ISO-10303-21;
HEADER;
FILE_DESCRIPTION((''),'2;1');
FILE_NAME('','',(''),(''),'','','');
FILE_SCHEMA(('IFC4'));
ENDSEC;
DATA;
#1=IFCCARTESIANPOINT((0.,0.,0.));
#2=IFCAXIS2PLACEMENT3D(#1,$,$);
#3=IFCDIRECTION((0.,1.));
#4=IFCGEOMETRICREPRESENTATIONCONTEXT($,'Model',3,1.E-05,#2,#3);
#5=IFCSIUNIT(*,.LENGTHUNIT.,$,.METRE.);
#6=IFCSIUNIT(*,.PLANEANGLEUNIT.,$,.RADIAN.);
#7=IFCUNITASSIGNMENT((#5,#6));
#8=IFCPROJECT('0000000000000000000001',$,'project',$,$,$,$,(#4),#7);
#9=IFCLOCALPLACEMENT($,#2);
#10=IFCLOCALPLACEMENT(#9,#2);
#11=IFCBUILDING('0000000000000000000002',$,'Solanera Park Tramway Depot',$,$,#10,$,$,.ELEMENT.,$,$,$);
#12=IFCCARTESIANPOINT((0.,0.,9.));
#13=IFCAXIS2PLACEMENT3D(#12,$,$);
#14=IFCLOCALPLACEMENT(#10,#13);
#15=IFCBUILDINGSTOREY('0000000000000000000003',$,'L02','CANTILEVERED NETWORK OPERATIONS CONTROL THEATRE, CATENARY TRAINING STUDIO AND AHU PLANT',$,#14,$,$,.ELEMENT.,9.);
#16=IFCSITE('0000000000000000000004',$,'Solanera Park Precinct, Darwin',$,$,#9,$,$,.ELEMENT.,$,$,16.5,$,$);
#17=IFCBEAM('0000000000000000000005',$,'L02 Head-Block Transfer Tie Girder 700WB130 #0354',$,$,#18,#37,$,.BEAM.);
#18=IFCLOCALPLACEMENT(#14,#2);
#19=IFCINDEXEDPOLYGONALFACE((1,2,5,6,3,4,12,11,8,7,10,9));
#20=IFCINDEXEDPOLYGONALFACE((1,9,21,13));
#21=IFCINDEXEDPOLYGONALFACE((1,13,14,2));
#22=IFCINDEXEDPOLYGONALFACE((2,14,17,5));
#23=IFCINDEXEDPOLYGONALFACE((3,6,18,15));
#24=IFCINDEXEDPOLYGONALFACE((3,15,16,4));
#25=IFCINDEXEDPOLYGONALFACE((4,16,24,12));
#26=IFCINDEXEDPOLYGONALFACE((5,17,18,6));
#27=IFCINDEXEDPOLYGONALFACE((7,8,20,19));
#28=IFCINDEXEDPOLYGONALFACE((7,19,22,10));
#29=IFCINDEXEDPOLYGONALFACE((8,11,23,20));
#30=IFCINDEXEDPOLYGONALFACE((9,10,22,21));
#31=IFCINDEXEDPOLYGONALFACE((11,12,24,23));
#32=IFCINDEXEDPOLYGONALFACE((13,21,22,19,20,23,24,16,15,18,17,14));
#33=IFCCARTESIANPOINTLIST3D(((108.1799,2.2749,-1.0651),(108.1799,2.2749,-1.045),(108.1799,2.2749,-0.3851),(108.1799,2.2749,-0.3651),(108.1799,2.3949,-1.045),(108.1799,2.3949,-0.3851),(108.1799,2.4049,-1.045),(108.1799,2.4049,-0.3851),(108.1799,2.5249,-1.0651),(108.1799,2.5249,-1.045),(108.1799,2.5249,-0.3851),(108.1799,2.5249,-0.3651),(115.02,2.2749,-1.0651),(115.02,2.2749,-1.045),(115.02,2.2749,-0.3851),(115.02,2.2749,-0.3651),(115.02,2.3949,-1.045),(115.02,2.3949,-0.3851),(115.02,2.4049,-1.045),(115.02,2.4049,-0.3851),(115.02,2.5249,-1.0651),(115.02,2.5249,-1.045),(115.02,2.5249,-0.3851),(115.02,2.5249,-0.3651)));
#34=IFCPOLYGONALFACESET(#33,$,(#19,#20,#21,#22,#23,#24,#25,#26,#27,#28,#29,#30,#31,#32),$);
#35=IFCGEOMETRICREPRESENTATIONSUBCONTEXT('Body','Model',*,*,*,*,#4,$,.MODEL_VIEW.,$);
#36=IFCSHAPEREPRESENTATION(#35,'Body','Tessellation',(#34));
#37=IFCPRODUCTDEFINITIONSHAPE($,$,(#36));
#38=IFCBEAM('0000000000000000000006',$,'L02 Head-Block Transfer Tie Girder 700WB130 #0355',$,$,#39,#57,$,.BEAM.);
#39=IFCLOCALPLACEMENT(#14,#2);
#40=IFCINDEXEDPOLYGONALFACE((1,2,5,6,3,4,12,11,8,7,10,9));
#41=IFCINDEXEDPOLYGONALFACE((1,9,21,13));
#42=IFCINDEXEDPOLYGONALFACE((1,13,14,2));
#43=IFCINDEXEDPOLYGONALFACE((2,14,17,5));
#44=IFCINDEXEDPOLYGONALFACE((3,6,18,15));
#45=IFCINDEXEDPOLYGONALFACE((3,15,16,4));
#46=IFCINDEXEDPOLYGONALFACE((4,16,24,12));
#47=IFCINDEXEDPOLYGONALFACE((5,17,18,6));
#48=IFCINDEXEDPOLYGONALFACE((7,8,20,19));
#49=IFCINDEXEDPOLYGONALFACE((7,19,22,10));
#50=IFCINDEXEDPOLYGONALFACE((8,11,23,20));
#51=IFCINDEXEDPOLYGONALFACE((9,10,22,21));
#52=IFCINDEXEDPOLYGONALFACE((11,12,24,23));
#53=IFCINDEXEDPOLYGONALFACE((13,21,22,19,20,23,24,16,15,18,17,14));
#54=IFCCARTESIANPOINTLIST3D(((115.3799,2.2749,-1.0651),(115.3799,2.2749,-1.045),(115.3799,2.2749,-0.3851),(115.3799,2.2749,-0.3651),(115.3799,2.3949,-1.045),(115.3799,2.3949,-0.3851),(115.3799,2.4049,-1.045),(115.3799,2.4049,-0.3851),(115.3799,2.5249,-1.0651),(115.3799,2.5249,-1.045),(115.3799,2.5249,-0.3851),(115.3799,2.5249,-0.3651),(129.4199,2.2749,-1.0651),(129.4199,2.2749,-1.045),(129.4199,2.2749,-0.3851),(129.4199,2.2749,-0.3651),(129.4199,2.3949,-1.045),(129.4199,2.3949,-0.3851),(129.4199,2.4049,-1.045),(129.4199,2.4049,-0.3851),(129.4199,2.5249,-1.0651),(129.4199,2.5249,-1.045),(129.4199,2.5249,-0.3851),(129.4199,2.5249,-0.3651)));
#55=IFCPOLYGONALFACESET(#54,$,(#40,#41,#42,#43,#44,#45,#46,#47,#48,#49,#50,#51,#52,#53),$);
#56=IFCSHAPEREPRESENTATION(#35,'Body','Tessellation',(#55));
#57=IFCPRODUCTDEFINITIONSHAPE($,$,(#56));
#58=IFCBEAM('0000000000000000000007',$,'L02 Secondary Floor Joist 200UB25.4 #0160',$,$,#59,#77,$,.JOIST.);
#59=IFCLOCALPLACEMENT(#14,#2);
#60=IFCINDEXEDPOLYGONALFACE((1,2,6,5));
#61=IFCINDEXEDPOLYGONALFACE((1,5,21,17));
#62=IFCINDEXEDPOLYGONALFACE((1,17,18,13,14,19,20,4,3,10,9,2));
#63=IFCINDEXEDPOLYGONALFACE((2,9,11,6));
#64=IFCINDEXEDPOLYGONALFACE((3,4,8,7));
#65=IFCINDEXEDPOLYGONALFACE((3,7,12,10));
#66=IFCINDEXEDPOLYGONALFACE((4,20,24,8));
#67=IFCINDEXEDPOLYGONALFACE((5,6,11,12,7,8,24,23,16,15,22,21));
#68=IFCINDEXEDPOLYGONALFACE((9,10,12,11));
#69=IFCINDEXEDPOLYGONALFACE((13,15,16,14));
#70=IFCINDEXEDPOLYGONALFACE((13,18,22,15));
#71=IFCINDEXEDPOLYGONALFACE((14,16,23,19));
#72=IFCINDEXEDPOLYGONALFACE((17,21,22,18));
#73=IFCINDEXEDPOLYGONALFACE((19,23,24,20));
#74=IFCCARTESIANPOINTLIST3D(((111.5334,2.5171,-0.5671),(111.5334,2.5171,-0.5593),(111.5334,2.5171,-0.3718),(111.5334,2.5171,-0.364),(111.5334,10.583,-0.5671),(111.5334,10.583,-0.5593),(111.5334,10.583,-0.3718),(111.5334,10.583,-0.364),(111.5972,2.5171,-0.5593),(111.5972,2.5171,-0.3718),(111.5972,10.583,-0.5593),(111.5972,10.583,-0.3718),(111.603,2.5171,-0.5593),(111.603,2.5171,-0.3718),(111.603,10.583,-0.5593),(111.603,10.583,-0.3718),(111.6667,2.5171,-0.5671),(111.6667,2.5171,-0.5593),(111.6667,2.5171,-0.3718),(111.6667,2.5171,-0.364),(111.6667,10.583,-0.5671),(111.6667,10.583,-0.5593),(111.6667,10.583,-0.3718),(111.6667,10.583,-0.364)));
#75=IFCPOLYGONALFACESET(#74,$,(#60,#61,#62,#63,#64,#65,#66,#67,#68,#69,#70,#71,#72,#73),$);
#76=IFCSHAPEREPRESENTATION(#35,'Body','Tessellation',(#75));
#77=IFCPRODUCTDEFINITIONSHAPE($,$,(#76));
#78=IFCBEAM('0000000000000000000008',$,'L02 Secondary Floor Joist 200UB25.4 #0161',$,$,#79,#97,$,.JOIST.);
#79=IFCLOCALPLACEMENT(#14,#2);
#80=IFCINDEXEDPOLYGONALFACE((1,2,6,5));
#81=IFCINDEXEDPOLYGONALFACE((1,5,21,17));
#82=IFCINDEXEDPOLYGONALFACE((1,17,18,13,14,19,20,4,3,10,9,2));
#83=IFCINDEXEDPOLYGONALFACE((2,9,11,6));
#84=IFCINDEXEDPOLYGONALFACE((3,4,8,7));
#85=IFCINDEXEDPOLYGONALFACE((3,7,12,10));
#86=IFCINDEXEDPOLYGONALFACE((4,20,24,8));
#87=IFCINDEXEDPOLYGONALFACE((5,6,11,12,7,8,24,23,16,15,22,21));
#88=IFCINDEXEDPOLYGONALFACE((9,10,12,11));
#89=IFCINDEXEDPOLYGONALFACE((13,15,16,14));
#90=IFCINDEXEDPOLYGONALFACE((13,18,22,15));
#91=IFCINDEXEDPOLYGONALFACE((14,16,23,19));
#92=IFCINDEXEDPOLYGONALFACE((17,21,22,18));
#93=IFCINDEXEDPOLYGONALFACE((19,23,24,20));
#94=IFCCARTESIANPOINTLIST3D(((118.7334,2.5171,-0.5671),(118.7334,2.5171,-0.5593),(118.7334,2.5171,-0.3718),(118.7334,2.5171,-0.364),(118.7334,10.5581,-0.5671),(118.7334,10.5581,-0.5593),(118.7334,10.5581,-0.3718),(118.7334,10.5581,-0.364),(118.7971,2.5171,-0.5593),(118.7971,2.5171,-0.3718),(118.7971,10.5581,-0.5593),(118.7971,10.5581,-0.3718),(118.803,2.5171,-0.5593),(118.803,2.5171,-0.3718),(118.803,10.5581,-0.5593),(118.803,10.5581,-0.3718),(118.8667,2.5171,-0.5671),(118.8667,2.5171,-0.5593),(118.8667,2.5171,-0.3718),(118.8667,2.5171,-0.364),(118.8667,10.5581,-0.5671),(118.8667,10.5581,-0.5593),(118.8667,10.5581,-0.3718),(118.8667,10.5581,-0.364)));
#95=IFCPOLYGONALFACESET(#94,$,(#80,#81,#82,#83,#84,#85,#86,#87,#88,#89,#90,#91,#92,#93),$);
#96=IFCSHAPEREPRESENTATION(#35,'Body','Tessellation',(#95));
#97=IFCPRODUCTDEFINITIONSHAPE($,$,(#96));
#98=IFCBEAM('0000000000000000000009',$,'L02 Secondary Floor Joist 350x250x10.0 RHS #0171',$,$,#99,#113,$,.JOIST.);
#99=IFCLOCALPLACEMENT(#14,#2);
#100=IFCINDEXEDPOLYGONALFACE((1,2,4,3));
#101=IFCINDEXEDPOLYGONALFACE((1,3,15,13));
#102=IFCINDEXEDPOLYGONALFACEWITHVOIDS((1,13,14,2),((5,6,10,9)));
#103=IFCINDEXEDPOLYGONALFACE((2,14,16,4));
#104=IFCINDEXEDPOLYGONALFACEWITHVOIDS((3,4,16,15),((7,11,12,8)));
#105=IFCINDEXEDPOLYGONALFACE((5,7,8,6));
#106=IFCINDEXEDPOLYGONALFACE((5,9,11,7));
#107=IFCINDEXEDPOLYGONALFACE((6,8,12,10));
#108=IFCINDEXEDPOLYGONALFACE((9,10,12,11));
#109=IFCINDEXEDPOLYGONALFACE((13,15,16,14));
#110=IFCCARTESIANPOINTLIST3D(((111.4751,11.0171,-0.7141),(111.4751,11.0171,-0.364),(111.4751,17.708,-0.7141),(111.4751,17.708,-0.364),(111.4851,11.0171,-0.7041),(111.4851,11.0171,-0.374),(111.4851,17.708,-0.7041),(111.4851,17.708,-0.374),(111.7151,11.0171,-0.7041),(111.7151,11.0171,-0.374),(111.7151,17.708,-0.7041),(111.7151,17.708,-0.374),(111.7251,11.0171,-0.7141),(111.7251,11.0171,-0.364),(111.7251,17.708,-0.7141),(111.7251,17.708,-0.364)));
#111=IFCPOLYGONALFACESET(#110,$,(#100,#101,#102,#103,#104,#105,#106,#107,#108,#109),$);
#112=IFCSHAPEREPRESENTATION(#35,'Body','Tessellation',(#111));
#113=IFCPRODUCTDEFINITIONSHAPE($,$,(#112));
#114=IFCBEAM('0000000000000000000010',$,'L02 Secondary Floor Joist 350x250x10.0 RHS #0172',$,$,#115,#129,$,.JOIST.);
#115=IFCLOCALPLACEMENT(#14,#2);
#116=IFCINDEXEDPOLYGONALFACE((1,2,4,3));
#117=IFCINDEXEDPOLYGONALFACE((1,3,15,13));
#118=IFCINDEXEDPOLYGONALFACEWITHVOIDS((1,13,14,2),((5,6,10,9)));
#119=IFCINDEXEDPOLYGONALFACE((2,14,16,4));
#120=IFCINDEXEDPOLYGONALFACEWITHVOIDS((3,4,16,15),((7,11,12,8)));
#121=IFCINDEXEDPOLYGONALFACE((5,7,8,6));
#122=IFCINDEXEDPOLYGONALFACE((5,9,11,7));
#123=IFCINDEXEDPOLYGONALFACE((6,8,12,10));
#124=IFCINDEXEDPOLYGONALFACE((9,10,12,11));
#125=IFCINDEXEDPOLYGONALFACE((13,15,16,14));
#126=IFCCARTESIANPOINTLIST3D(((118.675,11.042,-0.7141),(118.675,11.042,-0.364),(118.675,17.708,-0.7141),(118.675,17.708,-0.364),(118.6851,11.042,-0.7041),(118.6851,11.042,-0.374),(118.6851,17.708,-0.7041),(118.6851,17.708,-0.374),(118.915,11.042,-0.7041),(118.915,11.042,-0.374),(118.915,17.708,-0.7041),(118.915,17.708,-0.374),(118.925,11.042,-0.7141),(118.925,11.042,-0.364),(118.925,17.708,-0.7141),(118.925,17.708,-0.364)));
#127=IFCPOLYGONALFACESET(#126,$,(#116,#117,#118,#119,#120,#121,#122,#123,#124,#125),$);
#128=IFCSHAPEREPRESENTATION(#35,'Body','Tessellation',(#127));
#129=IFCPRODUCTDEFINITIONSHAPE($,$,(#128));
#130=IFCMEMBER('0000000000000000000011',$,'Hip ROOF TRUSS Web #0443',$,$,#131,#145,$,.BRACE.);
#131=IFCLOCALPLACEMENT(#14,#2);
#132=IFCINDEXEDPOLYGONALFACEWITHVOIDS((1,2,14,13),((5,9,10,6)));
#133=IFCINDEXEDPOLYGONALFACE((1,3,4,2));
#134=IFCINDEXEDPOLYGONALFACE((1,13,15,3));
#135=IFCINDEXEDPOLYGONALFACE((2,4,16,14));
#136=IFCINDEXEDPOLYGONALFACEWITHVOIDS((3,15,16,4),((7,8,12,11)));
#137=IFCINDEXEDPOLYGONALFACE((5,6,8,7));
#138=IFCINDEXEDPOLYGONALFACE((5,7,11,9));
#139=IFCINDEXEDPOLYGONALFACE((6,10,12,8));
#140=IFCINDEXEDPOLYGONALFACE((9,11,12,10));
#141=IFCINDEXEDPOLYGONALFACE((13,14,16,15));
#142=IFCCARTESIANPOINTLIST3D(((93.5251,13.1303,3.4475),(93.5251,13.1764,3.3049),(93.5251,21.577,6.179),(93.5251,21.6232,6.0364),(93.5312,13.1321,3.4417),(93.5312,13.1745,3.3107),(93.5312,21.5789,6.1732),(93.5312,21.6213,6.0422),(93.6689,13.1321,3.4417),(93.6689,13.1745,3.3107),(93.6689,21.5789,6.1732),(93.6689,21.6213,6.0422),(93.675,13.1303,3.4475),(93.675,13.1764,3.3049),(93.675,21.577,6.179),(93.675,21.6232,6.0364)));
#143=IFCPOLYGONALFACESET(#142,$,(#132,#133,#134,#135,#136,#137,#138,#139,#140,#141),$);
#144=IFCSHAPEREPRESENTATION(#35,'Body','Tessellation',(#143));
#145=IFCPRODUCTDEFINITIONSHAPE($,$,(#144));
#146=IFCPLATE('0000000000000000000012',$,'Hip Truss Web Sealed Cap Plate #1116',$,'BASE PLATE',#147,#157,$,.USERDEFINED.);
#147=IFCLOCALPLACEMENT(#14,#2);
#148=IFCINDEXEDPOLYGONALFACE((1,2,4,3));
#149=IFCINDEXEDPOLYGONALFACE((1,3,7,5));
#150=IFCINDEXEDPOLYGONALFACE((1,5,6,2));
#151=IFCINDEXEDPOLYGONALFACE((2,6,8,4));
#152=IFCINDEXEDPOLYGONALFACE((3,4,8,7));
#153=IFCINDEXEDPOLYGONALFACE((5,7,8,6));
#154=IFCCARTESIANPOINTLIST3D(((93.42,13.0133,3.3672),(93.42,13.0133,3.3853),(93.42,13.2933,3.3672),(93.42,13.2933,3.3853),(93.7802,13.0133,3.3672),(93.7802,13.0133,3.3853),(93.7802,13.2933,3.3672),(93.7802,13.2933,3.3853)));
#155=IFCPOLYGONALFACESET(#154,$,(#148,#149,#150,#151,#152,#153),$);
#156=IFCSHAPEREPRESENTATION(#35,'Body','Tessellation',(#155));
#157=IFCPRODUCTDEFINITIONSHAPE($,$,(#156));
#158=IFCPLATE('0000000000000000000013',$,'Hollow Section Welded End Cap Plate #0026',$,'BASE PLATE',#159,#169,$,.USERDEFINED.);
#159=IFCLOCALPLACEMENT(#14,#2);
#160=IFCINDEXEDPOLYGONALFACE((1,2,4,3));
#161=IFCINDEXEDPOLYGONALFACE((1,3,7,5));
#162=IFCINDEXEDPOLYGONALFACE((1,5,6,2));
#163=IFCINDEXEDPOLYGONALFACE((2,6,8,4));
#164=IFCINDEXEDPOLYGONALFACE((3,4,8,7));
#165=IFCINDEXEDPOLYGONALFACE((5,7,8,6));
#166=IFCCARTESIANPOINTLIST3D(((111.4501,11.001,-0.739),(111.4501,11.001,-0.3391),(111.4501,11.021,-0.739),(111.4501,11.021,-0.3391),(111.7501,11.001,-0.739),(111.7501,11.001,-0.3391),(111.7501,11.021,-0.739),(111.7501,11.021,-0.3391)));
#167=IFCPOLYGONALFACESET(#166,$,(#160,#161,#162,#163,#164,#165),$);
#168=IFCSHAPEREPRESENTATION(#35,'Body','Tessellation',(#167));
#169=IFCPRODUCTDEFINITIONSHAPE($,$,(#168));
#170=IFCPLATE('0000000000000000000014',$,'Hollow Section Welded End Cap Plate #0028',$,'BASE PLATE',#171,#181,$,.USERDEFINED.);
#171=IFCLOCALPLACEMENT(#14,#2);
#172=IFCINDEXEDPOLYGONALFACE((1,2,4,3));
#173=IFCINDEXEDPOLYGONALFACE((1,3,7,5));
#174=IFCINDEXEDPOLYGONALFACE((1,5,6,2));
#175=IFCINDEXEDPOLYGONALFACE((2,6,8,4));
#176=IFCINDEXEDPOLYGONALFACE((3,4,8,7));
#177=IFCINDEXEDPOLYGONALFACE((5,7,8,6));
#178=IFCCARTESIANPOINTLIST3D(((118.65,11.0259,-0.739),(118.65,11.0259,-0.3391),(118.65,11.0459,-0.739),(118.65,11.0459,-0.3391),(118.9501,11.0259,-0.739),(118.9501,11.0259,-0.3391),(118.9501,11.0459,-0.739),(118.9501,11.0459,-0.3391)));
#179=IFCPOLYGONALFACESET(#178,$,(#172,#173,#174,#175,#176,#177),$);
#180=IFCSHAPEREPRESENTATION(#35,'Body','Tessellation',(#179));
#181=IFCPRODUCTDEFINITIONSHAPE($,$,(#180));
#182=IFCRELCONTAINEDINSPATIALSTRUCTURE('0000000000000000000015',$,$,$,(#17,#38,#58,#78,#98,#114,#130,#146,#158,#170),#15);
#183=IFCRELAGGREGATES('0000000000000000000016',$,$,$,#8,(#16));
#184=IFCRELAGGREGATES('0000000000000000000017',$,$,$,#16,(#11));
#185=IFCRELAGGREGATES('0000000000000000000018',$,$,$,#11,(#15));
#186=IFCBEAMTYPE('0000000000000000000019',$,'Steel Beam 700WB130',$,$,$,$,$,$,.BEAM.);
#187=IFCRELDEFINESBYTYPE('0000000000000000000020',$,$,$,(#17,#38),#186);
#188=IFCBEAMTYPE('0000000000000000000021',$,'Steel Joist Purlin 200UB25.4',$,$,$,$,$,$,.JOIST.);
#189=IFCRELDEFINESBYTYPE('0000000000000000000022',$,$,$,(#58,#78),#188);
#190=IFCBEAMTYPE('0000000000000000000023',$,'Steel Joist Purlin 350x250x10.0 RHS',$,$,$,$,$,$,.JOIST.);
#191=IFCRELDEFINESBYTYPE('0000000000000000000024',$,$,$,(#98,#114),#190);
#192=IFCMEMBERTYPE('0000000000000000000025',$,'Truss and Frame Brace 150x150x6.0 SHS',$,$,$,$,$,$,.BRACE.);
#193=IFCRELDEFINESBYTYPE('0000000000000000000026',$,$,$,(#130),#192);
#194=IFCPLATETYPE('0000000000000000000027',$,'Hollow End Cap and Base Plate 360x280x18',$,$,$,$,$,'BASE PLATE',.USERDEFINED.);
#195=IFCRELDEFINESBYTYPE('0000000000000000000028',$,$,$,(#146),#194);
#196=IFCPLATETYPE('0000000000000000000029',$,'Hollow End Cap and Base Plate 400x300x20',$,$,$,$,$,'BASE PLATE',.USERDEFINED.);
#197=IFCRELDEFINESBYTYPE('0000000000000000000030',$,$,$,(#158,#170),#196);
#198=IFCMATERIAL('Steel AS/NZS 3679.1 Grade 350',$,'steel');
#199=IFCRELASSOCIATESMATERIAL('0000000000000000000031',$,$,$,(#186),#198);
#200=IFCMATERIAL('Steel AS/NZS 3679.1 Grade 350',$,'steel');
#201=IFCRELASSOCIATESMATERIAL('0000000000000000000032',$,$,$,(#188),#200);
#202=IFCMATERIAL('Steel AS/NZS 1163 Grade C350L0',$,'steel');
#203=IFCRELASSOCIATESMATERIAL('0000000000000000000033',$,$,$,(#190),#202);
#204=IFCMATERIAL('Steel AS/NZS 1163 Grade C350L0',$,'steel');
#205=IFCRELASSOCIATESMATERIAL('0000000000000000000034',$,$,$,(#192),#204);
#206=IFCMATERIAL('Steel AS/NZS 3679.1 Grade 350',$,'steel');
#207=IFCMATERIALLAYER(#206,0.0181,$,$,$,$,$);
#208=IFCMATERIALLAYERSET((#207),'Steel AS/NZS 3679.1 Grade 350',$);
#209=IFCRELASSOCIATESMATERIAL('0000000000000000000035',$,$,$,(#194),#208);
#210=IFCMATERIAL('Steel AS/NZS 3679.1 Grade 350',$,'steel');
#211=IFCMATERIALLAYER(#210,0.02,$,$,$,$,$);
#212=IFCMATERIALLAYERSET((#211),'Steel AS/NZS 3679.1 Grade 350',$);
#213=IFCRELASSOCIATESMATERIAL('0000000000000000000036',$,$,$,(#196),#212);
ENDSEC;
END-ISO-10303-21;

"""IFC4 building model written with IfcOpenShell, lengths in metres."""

from ifc_helpers import new_model, si_unit, direction, frame, origin, origin_2d, place, context, subcontext, project, spatial, rectangle, hollow_rectangle, i_section, extrude, material, layer, layer_set, material_profile, profile_set, type_object, element, save


model = new_model("IFC4")

# Units and contexts
model_context = context("Model", 3, precision=1e-05, world=origin(), true_north=direction((0.0, 1.0)))
body_context = subcontext(model_context, "Body", "Model", "MODEL_VIEW")
ifc_project = project(units=[si_unit("LENGTHUNIT", "METRE"), si_unit("PLANEANGLEUNIT", "RADIAN")], contexts=[model_context])

# Site, building, storey
site_placement = place(None, origin())
site = spatial("IfcSite", under=ifc_project, at=site_placement, Name="Solanera Park Precinct, Darwin", CompositionType="ELEMENT", RefElevation=16.5)
building_placement = place(site_placement, origin())
building = spatial("IfcBuilding", under=site, at=building_placement, Name="Solanera Park Tramway Depot", CompositionType="ELEMENT")
storey_placement = place(building_placement, frame((0.0, 0.0, 9.0)))
storey = spatial("IfcBuildingStorey", under=building, at=storey_placement, Name="L02", Description="CANTILEVERED NETWORK OPERATIONS CONTROL THEATRE, CATENARY TRAINING STUDIO AND AHU PLANT", CompositionType="ELEMENT", Elevation=9.0)

# Beams
ifc_material_1 = material(Name="Steel AS/NZS 3679.1 Grade 350", Category="steel")
ifc_material_profile_1 = material_profile(ifc_material_1, i_section(OverallWidth=0.25, OverallDepth=0.7, WebThickness=0.01, FlangeThickness=0.02, at=origin_2d()), Name="700WB130")
ifc_profile_set_1 = profile_set([ifc_material_profile_1], Name="Steel AS/NZS 3679.1 Grade 350")
beam_type_1 = type_object("IfcBeamType", Name="Steel Beam 700WB130", PredefinedType="BEAM", material=ifc_profile_set_1)
beam_1_placement = place(storey_placement, frame((108.1799, 2.3999, -0.7151), z_axis=(1.0, 0.0, 0.0), x_axis=(0.0, 1.0, 0.0)))
element("IfcBeam", 1, at=beam_1_placement, inside=storey, type_object=beam_type_1, Name="L02 Head-Block Transfer Tie Girder 700WB130 #0354", PredefinedType="BEAM", context=body_context, shape_type="SweptSolid", body=[
    extrude(i_section(OverallWidth=0.25, OverallDepth=0.7, WebThickness=0.01, FlangeThickness=0.02, at=origin_2d()), origin(), (0.0, 0.0, 1.0), 6.8401),
])
beam_2_placement = place(storey_placement, frame((115.3799, 2.3999, -0.7151), z_axis=(1.0, 0.0, 0.0), x_axis=(0.0, 1.0, 0.0)))
element("IfcBeam", 2, at=beam_2_placement, inside=storey, type_object=beam_type_1, Name="L02 Head-Block Transfer Tie Girder 700WB130 #0355", PredefinedType="BEAM", context=body_context, shape_type="SweptSolid", body=[
    extrude(i_section(OverallWidth=0.25, OverallDepth=0.7, WebThickness=0.01, FlangeThickness=0.02, at=origin_2d()), origin(), (0.0, 0.0, 1.0), 14.04),
])
ifc_material_2 = material(Name="Steel AS/NZS 3679.1 Grade 350", Category="steel")
ifc_material_profile_2 = material_profile(ifc_material_2, i_section(OverallWidth=0.1333, OverallDepth=0.2031, WebThickness=0.0059, FlangeThickness=0.0078, at=origin_2d()), Name="200UB25.4")
ifc_profile_set_2 = profile_set([ifc_material_profile_2], Name="Steel AS/NZS 3679.1 Grade 350")
beam_type_2 = type_object("IfcBeamType", Name="Steel Joist Purlin 200UB25.4", PredefinedType="JOIST", material=ifc_profile_set_2)
beam_3_placement = place(storey_placement, frame((111.6001, 2.5171, -0.4656), z_axis=(0.0, 1.0, 0.0), x_axis=(-1.0, 0.0, 0.0)))
element("IfcBeam", 3, at=beam_3_placement, inside=storey, type_object=beam_type_2, Name="L02 Secondary Floor Joist 200UB25.4 #0160", PredefinedType="JOIST", context=body_context, shape_type="SweptSolid", body=[
    extrude(i_section(OverallWidth=0.1333, OverallDepth=0.2031, WebThickness=0.0059, FlangeThickness=0.0078, at=origin_2d()), origin(), (0.0, 0.0, 1.0), 8.0659),
])
beam_4_placement = place(storey_placement, frame((118.8, 2.5171, -0.4656), z_axis=(0.0, 1.0, 0.0), x_axis=(-1.0, 0.0, 0.0)))
element("IfcBeam", 4, at=beam_4_placement, inside=storey, type_object=beam_type_2, Name="L02 Secondary Floor Joist 200UB25.4 #0161", PredefinedType="JOIST", context=body_context, shape_type="SweptSolid", body=[
    extrude(i_section(OverallWidth=0.1333, OverallDepth=0.2031, WebThickness=0.0059, FlangeThickness=0.0078, at=origin_2d()), origin(), (0.0, 0.0, 1.0), 8.041),
])
ifc_material_3 = material(Name="Steel AS/NZS 1163 Grade C350L0", Category="steel")
ifc_material_profile_3 = material_profile(ifc_material_3, hollow_rectangle(XDim=0.25, YDim=0.3501, WallThickness=0.01, at=origin_2d()), Name="350x250x10.0 RHS")
ifc_profile_set_3 = profile_set([ifc_material_profile_3], Name="Steel AS/NZS 1163 Grade C350L0")
beam_type_3 = type_object("IfcBeamType", Name="Steel Joist Purlin 350x250x10.0 RHS", PredefinedType="JOIST", material=ifc_profile_set_3)
beam_5_placement = place(storey_placement, frame((111.6001, 11.0171, -0.5391), z_axis=(0.0, 1.0, 0.0), x_axis=(-1.0, 0.0, 0.0)))
element("IfcBeam", 5, at=beam_5_placement, inside=storey, type_object=beam_type_3, Name="L02 Secondary Floor Joist 350x250x10.0 RHS #0171", PredefinedType="JOIST", context=body_context, shape_type="SweptSolid", body=[
    extrude(hollow_rectangle(XDim=0.25, YDim=0.3501, WallThickness=0.01, at=origin_2d()), origin(), (0.0, 0.0, 1.0), 6.6909),
])
beam_6_placement = place(storey_placement, frame((118.8, 11.042, -0.5391), z_axis=(0.0, 1.0, 0.0), x_axis=(-1.0, 0.0, 0.0)))
element("IfcBeam", 6, at=beam_6_placement, inside=storey, type_object=beam_type_3, Name="L02 Secondary Floor Joist 350x250x10.0 RHS #0172", PredefinedType="JOIST", context=body_context, shape_type="SweptSolid", body=[
    extrude(hollow_rectangle(XDim=0.25, YDim=0.3501, WallThickness=0.01, at=origin_2d()), origin(), (0.0, 0.0, 1.0), 6.666),
])

# Member
ifc_material_4 = material(Name="Steel AS/NZS 1163 Grade C350L0", Category="steel")
ifc_material_profile_4 = material_profile(ifc_material_4, hollow_rectangle(XDim=0.1499, YDim=0.1499, WallThickness=0.0061, at=origin_2d()), Name="150x150x6.0 SHS")
ifc_profile_set_4 = profile_set([ifc_material_profile_4], Name="Steel AS/NZS 1163 Grade C350L0")
member_type_1 = type_object("IfcMemberType", Name="Truss and Frame Brace 150x150x6.0 SHS", PredefinedType="BRACE", material=ifc_profile_set_4)
member_1_placement = place(storey_placement, frame((93.6001, 13.1533, 3.3762), z_axis=(0.0, 0.951489, 0.307684), x_axis=(-1.0, 0.0, 0.0)))
element("IfcMember", 7, at=member_1_placement, inside=storey, type_object=member_type_1, Name="Hip ROOF TRUSS Web #0443", PredefinedType="BRACE", context=body_context, shape_type="SweptSolid", body=[
    extrude(hollow_rectangle(XDim=0.1499, YDim=0.1499, WallThickness=0.0061, at=origin_2d()), origin(), (0.0, 0.0, 1.0), 8.8774),
])

# Plates
ifc_material_5 = material(Name="Steel AS/NZS 3679.1 Grade 350", Category="steel")
ifc_layer_1 = layer(ifc_material_5, 0.0181)
ifc_layer_set_1 = layer_set([ifc_layer_1], Name="Steel AS/NZS 3679.1 Grade 350")
plate_type_1 = type_object("IfcPlateType", Name="Hollow End Cap and Base Plate 360x280x18", ElementType="BASE PLATE", PredefinedType="USERDEFINED", material=ifc_layer_set_1)
plate_1_placement = place(storey_placement, frame((93.6001, 13.1533, 3.3672), z_axis=(0.0, 0.0, 1.0), x_axis=(1.0, 0.0, 0.0)))
element("IfcPlate", 8, at=plate_1_placement, inside=storey, type_object=plate_type_1, Name="Hip Truss Web Sealed Cap Plate #1116", ObjectType="BASE PLATE", PredefinedType="USERDEFINED", context=body_context, shape_type="SweptSolid", body=[
    extrude(rectangle(XDim=0.3601, YDim=0.28, at=origin_2d()), origin(), (0.0, 0.0, 1.0), 0.0181),
])
ifc_material_6 = material(Name="Steel AS/NZS 3679.1 Grade 350", Category="steel")
ifc_layer_2 = layer(ifc_material_6, 0.02)
ifc_layer_set_2 = layer_set([ifc_layer_2], Name="Steel AS/NZS 3679.1 Grade 350")
plate_type_2 = type_object("IfcPlateType", Name="Hollow End Cap and Base Plate 400x300x20", ElementType="BASE PLATE", PredefinedType="USERDEFINED", material=ifc_layer_set_2)
for number, where, z_axis, x_axis, name in (
    (9, (111.6001, 11.011, -0.739), (0.0, 0.0, 1.0), (0.0, 1.0, 0.0), "Hollow Section Welded End Cap Plate #0026"),
    (10, (118.8, 11.0359, -0.739), (0.0, 0.0, 1.0), (0.0, 1.0, 0.0), "Hollow Section Welded End Cap Plate #0028"),
):
    element("IfcPlate", number, at=place(storey_placement, frame(where, z_axis=z_axis, x_axis=x_axis)), inside=storey, type_object=plate_type_2, Name=name, ObjectType="BASE PLATE", PredefinedType="USERDEFINED", context=body_context, shape_type="SweptSolid", body=[
        extrude(rectangle(XDim=0.02, YDim=0.3, at=origin_2d()), origin(), (0.0, 0.0, 1.0), 0.3999),
    ])

save(model, "model.ifc")
